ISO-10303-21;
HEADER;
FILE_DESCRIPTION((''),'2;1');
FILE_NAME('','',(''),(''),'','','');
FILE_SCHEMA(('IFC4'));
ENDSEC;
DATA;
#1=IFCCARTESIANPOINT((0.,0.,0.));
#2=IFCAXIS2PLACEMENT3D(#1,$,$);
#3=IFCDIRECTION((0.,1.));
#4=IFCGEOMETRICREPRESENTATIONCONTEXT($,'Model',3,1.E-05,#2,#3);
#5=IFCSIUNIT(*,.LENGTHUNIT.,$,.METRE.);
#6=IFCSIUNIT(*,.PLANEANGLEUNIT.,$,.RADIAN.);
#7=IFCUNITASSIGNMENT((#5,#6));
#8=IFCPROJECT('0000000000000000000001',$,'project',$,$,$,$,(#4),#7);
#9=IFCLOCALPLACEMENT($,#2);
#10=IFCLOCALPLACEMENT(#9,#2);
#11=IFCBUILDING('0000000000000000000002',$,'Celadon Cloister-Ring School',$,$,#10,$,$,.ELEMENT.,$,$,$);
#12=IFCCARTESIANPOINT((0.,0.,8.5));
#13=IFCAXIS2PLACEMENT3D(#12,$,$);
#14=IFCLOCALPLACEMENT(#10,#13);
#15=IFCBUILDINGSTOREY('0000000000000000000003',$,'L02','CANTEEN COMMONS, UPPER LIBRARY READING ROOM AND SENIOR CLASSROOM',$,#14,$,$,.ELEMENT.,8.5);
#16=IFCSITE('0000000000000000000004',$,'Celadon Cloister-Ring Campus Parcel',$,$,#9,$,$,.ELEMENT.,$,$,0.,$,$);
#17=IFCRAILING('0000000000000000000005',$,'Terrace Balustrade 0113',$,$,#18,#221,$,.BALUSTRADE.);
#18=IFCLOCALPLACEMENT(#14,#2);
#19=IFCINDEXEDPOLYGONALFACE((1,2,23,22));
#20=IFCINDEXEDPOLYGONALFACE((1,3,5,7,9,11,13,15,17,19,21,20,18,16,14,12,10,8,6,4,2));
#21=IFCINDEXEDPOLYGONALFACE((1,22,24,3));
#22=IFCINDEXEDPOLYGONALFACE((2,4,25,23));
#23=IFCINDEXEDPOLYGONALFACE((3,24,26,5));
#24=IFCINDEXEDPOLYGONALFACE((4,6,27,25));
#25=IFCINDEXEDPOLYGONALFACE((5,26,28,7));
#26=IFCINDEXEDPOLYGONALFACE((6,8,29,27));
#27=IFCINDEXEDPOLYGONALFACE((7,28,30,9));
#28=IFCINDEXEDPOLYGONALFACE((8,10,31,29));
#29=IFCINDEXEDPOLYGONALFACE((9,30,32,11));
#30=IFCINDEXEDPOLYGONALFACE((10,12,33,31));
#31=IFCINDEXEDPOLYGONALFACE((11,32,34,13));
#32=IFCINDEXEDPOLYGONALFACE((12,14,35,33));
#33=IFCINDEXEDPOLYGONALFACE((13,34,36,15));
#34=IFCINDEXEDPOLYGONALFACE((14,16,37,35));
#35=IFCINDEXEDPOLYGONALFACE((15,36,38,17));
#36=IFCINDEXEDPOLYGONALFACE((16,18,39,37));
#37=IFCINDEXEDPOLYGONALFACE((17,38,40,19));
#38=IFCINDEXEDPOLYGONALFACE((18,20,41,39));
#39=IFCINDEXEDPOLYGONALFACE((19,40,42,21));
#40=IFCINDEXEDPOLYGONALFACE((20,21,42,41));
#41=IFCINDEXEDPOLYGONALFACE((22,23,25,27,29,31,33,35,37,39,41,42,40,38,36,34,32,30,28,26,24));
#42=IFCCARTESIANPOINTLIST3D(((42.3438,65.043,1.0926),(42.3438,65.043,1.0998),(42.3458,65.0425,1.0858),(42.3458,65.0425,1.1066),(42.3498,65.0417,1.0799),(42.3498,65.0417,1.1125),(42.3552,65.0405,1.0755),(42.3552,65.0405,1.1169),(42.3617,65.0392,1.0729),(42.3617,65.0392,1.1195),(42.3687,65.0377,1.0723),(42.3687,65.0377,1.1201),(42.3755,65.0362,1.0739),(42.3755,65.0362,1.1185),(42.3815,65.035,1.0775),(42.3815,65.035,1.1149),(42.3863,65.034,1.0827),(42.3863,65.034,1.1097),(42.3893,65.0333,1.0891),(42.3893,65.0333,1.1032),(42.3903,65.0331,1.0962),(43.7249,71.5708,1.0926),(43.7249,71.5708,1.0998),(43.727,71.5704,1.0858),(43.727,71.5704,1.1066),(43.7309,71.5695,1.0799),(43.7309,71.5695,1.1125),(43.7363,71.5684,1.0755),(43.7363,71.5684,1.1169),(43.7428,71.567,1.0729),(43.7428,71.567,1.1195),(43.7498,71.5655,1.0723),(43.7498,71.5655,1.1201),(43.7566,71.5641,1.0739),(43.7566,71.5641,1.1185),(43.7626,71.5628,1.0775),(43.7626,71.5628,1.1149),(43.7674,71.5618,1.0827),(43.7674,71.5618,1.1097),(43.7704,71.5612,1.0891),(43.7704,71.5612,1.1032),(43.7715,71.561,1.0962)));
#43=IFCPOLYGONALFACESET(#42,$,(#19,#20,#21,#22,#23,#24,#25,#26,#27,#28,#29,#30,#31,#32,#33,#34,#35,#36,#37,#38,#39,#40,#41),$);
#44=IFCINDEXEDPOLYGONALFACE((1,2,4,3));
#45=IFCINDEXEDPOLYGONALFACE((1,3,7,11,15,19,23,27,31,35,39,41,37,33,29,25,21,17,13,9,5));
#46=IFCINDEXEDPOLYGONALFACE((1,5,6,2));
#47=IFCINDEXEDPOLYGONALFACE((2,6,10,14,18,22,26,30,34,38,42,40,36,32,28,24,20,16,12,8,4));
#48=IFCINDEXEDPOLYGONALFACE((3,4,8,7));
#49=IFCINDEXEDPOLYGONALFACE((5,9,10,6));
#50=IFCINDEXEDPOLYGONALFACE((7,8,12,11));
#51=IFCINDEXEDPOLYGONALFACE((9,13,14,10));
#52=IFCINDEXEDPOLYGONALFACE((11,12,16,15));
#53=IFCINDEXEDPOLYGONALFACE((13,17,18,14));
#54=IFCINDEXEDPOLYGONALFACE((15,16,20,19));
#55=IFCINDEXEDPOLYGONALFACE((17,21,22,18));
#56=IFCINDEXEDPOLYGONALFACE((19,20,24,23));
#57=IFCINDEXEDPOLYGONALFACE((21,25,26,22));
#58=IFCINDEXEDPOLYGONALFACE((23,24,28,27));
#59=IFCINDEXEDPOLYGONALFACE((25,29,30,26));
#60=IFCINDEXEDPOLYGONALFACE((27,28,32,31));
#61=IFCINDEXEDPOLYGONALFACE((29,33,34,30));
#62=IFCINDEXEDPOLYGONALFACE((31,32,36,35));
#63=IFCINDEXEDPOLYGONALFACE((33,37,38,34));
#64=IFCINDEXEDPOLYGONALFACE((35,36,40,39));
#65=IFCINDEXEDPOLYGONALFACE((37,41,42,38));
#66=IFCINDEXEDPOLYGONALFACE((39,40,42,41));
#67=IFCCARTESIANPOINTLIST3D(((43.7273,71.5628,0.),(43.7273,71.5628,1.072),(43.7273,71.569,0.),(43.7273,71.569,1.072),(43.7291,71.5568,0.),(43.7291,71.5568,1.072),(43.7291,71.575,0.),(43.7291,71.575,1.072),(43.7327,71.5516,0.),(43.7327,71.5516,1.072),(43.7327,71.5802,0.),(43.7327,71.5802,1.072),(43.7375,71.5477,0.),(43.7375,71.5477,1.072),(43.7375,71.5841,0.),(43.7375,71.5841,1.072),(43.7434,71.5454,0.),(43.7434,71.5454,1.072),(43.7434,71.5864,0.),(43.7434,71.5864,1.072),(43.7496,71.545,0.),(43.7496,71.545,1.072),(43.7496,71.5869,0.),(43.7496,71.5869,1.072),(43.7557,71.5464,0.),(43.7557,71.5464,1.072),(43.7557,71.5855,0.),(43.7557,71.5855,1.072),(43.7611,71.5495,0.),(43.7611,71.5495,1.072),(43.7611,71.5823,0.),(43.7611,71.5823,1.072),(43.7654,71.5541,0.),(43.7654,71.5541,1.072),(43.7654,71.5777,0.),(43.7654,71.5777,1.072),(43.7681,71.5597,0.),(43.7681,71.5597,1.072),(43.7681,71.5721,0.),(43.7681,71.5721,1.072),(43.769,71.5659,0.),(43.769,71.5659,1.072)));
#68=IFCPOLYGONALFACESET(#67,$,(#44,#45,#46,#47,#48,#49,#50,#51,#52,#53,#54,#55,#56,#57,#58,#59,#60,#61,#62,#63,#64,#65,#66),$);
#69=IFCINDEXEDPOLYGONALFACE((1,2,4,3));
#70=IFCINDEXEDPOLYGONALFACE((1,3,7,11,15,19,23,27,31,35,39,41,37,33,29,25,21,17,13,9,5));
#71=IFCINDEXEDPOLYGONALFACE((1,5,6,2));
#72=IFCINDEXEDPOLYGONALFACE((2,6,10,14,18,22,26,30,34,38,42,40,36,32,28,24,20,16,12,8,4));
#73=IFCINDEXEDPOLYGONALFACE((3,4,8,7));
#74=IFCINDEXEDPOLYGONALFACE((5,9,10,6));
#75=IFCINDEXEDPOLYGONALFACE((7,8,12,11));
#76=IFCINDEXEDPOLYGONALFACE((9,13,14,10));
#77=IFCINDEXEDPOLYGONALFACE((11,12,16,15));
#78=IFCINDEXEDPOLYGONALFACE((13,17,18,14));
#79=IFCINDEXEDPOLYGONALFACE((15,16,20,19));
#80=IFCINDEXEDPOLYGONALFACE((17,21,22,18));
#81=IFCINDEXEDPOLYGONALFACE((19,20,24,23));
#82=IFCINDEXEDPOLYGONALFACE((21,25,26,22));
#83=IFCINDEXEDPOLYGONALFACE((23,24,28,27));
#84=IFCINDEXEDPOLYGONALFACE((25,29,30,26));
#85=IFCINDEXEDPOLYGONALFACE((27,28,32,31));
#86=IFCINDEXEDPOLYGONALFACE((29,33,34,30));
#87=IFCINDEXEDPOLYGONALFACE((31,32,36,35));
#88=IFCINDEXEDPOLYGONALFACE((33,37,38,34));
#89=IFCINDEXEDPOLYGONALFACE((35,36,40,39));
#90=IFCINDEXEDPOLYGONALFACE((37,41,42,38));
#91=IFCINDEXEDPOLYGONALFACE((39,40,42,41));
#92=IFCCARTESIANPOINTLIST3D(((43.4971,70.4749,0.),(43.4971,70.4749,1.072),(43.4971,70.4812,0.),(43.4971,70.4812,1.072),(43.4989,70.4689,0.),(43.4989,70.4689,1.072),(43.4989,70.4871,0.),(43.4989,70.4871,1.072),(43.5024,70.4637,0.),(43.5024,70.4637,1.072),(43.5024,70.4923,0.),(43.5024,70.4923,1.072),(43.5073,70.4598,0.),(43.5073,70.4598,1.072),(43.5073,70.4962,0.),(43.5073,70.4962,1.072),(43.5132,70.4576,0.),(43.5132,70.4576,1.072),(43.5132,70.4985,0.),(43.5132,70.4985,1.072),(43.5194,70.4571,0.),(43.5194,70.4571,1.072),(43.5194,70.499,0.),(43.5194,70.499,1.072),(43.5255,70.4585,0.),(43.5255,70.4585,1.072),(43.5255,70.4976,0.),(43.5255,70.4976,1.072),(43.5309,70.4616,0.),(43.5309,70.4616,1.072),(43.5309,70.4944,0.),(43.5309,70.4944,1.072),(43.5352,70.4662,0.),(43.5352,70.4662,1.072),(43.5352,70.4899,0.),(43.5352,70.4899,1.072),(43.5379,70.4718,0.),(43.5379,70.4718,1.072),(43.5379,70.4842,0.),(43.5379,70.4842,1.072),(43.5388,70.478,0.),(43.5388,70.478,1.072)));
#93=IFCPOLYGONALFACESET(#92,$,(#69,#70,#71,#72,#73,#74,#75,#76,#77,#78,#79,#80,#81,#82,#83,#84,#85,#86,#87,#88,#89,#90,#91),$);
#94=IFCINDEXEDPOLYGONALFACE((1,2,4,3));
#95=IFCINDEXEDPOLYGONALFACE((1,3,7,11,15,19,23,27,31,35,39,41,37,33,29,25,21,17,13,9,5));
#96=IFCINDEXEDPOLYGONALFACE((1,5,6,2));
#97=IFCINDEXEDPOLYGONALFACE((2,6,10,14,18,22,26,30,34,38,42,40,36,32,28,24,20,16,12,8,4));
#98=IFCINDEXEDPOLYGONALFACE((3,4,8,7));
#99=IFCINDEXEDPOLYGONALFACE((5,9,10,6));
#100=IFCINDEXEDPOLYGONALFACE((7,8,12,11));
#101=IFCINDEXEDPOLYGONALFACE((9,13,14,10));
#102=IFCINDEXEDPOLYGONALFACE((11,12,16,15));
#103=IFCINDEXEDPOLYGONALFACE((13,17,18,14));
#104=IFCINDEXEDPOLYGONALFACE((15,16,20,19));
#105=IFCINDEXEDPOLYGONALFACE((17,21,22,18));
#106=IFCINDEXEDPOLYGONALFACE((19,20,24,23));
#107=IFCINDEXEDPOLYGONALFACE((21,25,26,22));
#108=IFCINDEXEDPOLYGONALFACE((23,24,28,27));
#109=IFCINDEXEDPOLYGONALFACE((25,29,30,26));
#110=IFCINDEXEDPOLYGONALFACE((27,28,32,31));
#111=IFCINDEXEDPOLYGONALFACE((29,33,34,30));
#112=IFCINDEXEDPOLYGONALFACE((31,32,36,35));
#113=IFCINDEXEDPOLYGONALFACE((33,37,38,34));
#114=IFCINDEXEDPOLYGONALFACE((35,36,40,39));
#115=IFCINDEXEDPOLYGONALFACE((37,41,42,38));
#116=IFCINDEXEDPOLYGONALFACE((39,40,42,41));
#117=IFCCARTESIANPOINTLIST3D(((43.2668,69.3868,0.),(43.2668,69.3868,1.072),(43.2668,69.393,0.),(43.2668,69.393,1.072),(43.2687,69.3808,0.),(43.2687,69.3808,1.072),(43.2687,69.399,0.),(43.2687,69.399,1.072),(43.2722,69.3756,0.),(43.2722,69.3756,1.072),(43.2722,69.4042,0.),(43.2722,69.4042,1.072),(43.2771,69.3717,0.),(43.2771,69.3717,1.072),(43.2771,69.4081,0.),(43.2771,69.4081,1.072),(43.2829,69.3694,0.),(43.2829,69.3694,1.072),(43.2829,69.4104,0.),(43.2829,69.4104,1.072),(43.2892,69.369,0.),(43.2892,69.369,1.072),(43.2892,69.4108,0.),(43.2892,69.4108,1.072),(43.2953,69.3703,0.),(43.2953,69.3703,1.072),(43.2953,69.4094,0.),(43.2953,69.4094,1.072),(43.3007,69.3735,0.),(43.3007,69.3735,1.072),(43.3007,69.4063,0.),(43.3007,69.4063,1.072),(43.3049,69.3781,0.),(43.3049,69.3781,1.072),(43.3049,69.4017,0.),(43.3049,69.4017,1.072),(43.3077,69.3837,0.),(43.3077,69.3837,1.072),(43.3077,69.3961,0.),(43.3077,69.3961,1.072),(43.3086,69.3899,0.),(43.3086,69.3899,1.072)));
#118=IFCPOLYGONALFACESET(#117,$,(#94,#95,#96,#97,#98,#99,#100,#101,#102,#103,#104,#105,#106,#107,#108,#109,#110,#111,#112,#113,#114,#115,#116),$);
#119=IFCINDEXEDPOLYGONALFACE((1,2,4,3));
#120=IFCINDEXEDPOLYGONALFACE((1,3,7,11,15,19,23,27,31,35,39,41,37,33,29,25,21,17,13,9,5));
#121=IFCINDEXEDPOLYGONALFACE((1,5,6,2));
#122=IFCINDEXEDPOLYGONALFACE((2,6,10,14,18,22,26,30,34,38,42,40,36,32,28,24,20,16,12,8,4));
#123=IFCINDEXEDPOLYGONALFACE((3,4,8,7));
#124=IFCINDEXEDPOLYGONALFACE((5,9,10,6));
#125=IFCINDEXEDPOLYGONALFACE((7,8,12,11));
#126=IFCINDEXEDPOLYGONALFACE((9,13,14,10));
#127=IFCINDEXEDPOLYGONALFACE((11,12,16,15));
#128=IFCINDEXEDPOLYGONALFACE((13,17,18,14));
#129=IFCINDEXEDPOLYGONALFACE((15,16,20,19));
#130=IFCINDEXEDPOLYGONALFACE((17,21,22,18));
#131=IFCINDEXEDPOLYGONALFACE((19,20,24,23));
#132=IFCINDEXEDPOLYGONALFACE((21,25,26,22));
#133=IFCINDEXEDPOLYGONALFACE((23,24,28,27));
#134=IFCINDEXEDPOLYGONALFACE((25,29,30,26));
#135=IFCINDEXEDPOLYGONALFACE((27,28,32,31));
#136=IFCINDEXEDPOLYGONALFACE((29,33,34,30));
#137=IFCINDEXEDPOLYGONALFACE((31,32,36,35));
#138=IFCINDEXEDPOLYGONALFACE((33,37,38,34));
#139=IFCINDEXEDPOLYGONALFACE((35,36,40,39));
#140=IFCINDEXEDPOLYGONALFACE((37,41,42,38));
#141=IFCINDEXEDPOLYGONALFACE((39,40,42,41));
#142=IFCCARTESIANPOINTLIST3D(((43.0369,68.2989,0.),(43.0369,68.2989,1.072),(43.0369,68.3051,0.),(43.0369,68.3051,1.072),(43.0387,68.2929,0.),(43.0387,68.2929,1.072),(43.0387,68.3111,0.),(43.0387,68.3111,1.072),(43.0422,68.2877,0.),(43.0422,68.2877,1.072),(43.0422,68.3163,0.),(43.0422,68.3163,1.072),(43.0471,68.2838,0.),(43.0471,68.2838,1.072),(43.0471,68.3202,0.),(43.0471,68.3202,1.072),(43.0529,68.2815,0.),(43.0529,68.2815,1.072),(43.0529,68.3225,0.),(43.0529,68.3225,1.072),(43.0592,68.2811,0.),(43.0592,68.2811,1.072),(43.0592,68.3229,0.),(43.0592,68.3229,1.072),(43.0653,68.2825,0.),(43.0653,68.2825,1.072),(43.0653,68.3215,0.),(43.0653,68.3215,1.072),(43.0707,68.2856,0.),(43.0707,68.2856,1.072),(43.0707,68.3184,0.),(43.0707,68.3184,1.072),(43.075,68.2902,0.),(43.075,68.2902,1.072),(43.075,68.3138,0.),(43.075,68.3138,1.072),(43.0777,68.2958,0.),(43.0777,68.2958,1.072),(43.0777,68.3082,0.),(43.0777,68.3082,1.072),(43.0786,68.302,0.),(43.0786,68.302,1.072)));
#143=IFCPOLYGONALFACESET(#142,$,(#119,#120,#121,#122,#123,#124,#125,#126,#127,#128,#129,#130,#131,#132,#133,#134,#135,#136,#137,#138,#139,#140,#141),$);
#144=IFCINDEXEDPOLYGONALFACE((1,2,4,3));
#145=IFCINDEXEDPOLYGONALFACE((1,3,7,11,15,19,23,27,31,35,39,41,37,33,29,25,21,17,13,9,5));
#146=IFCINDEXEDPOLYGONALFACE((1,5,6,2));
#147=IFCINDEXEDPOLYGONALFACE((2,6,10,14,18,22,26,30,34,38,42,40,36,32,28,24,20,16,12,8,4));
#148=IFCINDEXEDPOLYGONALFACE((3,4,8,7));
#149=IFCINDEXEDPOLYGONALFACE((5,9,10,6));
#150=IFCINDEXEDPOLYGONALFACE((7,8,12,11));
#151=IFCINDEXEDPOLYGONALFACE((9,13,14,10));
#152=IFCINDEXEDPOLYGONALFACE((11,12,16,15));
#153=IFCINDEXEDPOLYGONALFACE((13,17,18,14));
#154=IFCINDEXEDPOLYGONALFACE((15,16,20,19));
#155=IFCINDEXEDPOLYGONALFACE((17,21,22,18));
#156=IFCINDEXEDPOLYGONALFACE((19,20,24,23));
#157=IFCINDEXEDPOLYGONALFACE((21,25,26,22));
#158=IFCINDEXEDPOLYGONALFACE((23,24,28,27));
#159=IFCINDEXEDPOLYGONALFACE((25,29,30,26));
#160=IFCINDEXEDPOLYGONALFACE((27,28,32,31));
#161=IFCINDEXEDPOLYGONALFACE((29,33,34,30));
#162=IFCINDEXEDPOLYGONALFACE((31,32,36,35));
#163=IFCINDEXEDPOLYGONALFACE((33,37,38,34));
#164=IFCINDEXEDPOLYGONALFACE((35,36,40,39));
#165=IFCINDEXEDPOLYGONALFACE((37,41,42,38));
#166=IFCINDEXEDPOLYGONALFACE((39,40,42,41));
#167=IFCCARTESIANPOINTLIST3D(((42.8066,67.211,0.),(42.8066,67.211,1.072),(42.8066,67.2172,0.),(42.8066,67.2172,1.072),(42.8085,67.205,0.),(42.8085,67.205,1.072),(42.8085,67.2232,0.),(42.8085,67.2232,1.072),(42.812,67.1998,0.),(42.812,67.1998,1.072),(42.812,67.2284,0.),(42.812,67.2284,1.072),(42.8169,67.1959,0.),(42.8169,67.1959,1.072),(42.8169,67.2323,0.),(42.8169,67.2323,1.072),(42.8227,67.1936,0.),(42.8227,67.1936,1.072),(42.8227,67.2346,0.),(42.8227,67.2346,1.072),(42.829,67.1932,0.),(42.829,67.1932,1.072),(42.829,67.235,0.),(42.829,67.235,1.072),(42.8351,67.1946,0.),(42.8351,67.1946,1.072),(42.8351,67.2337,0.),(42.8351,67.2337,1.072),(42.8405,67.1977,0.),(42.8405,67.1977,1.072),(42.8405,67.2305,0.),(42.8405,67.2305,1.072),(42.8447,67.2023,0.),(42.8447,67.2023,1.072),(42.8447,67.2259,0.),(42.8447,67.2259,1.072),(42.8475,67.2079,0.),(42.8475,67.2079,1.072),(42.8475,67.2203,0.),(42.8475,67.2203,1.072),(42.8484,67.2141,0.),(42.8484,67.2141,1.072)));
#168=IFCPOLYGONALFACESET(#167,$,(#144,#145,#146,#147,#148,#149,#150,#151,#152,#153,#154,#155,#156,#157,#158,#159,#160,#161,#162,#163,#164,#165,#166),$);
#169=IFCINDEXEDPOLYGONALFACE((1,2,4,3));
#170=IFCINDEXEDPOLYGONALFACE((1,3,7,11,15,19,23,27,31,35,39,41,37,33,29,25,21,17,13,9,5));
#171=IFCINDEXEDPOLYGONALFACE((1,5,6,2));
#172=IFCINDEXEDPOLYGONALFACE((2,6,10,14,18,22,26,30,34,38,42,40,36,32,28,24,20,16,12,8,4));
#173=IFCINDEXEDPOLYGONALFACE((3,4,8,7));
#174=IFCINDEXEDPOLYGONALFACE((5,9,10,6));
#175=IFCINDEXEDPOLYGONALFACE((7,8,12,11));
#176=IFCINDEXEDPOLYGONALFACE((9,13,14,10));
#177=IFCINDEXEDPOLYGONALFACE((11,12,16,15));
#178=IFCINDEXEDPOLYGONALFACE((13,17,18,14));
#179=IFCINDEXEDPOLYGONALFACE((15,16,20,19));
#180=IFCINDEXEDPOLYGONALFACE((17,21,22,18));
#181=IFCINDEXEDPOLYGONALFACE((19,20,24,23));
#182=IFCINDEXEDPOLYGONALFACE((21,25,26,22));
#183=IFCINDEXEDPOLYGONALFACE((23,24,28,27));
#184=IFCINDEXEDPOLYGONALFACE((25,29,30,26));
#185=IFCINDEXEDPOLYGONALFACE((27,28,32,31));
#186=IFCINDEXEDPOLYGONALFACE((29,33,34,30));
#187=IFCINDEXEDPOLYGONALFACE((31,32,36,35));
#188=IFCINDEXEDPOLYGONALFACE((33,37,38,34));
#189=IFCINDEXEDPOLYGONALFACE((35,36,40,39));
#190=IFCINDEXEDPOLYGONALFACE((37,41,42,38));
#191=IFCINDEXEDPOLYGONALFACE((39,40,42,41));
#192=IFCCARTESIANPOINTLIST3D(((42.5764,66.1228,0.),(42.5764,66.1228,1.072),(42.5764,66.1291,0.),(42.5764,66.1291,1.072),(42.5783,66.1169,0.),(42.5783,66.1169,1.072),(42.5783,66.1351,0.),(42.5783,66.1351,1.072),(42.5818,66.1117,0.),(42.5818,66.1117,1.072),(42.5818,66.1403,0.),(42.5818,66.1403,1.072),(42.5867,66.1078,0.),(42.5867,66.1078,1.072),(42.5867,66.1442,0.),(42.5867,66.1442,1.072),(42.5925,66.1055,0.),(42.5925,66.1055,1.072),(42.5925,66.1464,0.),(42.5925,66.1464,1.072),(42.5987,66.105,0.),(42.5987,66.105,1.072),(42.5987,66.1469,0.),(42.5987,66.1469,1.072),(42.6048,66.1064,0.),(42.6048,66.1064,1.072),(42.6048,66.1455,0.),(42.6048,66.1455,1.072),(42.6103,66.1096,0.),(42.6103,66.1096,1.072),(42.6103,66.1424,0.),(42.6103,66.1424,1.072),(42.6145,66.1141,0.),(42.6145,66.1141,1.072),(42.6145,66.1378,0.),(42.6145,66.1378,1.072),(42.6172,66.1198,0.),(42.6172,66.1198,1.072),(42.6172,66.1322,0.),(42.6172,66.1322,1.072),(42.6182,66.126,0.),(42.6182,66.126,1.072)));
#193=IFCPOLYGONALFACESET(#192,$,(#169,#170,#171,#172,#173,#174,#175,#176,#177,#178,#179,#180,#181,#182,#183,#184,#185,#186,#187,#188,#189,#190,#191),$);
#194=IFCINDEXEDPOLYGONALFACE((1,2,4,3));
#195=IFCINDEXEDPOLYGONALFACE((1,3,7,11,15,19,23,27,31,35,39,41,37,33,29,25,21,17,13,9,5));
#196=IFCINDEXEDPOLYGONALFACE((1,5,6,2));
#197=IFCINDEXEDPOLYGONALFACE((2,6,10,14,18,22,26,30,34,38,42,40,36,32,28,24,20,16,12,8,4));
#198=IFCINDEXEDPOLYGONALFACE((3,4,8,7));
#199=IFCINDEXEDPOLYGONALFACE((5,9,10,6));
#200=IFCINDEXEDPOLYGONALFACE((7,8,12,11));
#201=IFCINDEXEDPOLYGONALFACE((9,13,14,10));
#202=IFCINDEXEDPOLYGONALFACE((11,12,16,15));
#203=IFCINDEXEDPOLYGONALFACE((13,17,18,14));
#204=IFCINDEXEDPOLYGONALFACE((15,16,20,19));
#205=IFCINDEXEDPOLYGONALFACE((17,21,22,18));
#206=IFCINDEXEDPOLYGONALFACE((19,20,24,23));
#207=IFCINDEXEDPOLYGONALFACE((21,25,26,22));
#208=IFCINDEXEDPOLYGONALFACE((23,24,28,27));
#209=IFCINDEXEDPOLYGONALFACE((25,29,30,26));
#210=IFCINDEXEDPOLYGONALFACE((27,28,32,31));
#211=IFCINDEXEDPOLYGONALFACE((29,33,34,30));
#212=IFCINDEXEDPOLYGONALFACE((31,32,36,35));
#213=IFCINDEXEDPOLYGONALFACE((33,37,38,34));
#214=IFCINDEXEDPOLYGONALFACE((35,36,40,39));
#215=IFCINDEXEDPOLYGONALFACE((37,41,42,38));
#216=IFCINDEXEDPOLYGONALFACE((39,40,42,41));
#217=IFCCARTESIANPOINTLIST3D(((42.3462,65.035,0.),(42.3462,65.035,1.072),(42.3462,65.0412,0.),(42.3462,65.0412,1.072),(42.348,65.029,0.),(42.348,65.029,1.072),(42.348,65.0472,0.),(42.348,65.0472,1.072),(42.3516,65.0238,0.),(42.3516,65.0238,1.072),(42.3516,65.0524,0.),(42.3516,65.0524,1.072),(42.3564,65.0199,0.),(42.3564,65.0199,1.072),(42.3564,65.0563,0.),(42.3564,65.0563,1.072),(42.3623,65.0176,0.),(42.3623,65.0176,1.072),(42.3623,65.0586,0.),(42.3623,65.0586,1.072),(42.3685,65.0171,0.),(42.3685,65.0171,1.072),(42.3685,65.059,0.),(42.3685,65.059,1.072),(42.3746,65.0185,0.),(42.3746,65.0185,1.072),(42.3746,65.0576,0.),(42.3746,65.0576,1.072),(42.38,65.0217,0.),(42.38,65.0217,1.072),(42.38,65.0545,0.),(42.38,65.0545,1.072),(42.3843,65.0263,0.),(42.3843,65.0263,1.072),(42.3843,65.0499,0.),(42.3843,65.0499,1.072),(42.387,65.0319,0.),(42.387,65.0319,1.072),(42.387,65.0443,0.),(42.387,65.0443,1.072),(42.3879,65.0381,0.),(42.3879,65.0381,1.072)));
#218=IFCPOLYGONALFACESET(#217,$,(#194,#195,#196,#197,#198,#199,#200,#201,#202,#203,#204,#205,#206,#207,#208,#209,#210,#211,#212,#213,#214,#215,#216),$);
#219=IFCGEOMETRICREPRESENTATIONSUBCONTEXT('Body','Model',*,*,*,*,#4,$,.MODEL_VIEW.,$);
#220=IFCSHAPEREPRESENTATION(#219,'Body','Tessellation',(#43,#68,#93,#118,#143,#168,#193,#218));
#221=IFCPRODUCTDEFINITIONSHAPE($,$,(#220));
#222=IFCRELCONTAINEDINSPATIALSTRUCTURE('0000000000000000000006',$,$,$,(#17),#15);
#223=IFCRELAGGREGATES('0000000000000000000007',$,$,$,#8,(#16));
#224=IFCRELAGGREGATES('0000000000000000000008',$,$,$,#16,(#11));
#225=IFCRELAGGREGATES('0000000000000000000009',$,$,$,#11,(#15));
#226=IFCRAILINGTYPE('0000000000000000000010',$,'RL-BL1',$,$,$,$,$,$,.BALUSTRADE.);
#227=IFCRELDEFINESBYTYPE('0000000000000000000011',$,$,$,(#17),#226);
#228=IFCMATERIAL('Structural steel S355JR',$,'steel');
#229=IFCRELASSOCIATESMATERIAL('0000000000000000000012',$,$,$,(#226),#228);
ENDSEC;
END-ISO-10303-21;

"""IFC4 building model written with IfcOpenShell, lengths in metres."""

from ifc_helpers import new_model, si_unit, direction, frame, origin, origin_2d, place, context, subcontext, project, spatial, circle, extrude, material, type_object, element, save


model = new_model("IFC4")

# Units and contexts
model_context = context("Model", 3, precision=1e-05, world=origin(), true_north=direction((0.0, 1.0)))
body_context = subcontext(model_context, "Body", "Model", "MODEL_VIEW")
ifc_project = project(units=[si_unit("LENGTHUNIT", "METRE"), si_unit("PLANEANGLEUNIT", "RADIAN")], contexts=[model_context])

# Site, building, storey
site_placement = place(None, origin())
site = spatial("IfcSite", under=ifc_project, at=site_placement, Name="Celadon Cloister-Ring Campus Parcel", CompositionType="ELEMENT", RefElevation=0.0)
building_placement = place(site_placement, origin())
building = spatial("IfcBuilding", under=site, at=building_placement, Name="Celadon Cloister-Ring School", CompositionType="ELEMENT")
storey_placement = place(building_placement, frame((0.0, 0.0, 8.5)))
storey = spatial("IfcBuildingStorey", under=building, at=storey_placement, Name="L02", Description="CANTEEN COMMONS, UPPER LIBRARY READING ROOM AND SENIOR CLASSROOM", CompositionType="ELEMENT", Elevation=8.5)

# Railing
ifc_material_1 = material(Name="Structural steel S355JR", Category="steel")
railing_type = type_object("IfcRailingType", Name="RL-BL1", PredefinedType="BALUSTRADE", material=ifc_material_1)
railing_1_placement = place(storey_placement, frame((43.748, 71.5659, 0.0)))
element("IfcRailing", 1, at=railing_1_placement, inside=storey, type_object=railing_type, Name="Terrace Balustrade 0113", PredefinedType="BALUSTRADE", context=body_context, shape_type="SweptSolid", body=[
    extrude(circle(Radius=0.0239, at=origin_2d()), frame((0.0, 0.0, 1.0962), z_axis=(-0.20699, -0.978343, 0.0), x_axis=(0.978343, -0.20699, 0.0)), (0.0, 0.0, 1.0), 6.6724),
    extrude(circle(Radius=0.021, at=origin_2d()), origin(), (0.0, 0.0, 1.0), 1.072),
    extrude(circle(Radius=0.021, at=origin_2d()), frame((-0.2302, -1.0879, 0.0)), (0.0, 0.0, 1.0), 1.072),
    extrude(circle(Radius=0.021, at=origin_2d()), frame((-0.4604, -2.176, 0.0)), (0.0, 0.0, 1.0), 1.072),
    extrude(circle(Radius=0.021, at=origin_2d()), frame((-0.6904, -3.2639, 0.0)), (0.0, 0.0, 1.0), 1.072),
    extrude(circle(Radius=0.021, at=origin_2d()), frame((-0.9207, -4.3518, 0.0)), (0.0, 0.0, 1.0), 1.072),
    extrude(circle(Radius=0.021, at=origin_2d()), frame((-1.1509, -5.4399, 0.0)), (0.0, 0.0, 1.0), 1.072),
    extrude(circle(Radius=0.021, at=origin_2d()), frame((-1.3811, -6.5278, 0.0)), (0.0, 0.0, 1.0), 1.072),
])

save(model, "model.ifc")
